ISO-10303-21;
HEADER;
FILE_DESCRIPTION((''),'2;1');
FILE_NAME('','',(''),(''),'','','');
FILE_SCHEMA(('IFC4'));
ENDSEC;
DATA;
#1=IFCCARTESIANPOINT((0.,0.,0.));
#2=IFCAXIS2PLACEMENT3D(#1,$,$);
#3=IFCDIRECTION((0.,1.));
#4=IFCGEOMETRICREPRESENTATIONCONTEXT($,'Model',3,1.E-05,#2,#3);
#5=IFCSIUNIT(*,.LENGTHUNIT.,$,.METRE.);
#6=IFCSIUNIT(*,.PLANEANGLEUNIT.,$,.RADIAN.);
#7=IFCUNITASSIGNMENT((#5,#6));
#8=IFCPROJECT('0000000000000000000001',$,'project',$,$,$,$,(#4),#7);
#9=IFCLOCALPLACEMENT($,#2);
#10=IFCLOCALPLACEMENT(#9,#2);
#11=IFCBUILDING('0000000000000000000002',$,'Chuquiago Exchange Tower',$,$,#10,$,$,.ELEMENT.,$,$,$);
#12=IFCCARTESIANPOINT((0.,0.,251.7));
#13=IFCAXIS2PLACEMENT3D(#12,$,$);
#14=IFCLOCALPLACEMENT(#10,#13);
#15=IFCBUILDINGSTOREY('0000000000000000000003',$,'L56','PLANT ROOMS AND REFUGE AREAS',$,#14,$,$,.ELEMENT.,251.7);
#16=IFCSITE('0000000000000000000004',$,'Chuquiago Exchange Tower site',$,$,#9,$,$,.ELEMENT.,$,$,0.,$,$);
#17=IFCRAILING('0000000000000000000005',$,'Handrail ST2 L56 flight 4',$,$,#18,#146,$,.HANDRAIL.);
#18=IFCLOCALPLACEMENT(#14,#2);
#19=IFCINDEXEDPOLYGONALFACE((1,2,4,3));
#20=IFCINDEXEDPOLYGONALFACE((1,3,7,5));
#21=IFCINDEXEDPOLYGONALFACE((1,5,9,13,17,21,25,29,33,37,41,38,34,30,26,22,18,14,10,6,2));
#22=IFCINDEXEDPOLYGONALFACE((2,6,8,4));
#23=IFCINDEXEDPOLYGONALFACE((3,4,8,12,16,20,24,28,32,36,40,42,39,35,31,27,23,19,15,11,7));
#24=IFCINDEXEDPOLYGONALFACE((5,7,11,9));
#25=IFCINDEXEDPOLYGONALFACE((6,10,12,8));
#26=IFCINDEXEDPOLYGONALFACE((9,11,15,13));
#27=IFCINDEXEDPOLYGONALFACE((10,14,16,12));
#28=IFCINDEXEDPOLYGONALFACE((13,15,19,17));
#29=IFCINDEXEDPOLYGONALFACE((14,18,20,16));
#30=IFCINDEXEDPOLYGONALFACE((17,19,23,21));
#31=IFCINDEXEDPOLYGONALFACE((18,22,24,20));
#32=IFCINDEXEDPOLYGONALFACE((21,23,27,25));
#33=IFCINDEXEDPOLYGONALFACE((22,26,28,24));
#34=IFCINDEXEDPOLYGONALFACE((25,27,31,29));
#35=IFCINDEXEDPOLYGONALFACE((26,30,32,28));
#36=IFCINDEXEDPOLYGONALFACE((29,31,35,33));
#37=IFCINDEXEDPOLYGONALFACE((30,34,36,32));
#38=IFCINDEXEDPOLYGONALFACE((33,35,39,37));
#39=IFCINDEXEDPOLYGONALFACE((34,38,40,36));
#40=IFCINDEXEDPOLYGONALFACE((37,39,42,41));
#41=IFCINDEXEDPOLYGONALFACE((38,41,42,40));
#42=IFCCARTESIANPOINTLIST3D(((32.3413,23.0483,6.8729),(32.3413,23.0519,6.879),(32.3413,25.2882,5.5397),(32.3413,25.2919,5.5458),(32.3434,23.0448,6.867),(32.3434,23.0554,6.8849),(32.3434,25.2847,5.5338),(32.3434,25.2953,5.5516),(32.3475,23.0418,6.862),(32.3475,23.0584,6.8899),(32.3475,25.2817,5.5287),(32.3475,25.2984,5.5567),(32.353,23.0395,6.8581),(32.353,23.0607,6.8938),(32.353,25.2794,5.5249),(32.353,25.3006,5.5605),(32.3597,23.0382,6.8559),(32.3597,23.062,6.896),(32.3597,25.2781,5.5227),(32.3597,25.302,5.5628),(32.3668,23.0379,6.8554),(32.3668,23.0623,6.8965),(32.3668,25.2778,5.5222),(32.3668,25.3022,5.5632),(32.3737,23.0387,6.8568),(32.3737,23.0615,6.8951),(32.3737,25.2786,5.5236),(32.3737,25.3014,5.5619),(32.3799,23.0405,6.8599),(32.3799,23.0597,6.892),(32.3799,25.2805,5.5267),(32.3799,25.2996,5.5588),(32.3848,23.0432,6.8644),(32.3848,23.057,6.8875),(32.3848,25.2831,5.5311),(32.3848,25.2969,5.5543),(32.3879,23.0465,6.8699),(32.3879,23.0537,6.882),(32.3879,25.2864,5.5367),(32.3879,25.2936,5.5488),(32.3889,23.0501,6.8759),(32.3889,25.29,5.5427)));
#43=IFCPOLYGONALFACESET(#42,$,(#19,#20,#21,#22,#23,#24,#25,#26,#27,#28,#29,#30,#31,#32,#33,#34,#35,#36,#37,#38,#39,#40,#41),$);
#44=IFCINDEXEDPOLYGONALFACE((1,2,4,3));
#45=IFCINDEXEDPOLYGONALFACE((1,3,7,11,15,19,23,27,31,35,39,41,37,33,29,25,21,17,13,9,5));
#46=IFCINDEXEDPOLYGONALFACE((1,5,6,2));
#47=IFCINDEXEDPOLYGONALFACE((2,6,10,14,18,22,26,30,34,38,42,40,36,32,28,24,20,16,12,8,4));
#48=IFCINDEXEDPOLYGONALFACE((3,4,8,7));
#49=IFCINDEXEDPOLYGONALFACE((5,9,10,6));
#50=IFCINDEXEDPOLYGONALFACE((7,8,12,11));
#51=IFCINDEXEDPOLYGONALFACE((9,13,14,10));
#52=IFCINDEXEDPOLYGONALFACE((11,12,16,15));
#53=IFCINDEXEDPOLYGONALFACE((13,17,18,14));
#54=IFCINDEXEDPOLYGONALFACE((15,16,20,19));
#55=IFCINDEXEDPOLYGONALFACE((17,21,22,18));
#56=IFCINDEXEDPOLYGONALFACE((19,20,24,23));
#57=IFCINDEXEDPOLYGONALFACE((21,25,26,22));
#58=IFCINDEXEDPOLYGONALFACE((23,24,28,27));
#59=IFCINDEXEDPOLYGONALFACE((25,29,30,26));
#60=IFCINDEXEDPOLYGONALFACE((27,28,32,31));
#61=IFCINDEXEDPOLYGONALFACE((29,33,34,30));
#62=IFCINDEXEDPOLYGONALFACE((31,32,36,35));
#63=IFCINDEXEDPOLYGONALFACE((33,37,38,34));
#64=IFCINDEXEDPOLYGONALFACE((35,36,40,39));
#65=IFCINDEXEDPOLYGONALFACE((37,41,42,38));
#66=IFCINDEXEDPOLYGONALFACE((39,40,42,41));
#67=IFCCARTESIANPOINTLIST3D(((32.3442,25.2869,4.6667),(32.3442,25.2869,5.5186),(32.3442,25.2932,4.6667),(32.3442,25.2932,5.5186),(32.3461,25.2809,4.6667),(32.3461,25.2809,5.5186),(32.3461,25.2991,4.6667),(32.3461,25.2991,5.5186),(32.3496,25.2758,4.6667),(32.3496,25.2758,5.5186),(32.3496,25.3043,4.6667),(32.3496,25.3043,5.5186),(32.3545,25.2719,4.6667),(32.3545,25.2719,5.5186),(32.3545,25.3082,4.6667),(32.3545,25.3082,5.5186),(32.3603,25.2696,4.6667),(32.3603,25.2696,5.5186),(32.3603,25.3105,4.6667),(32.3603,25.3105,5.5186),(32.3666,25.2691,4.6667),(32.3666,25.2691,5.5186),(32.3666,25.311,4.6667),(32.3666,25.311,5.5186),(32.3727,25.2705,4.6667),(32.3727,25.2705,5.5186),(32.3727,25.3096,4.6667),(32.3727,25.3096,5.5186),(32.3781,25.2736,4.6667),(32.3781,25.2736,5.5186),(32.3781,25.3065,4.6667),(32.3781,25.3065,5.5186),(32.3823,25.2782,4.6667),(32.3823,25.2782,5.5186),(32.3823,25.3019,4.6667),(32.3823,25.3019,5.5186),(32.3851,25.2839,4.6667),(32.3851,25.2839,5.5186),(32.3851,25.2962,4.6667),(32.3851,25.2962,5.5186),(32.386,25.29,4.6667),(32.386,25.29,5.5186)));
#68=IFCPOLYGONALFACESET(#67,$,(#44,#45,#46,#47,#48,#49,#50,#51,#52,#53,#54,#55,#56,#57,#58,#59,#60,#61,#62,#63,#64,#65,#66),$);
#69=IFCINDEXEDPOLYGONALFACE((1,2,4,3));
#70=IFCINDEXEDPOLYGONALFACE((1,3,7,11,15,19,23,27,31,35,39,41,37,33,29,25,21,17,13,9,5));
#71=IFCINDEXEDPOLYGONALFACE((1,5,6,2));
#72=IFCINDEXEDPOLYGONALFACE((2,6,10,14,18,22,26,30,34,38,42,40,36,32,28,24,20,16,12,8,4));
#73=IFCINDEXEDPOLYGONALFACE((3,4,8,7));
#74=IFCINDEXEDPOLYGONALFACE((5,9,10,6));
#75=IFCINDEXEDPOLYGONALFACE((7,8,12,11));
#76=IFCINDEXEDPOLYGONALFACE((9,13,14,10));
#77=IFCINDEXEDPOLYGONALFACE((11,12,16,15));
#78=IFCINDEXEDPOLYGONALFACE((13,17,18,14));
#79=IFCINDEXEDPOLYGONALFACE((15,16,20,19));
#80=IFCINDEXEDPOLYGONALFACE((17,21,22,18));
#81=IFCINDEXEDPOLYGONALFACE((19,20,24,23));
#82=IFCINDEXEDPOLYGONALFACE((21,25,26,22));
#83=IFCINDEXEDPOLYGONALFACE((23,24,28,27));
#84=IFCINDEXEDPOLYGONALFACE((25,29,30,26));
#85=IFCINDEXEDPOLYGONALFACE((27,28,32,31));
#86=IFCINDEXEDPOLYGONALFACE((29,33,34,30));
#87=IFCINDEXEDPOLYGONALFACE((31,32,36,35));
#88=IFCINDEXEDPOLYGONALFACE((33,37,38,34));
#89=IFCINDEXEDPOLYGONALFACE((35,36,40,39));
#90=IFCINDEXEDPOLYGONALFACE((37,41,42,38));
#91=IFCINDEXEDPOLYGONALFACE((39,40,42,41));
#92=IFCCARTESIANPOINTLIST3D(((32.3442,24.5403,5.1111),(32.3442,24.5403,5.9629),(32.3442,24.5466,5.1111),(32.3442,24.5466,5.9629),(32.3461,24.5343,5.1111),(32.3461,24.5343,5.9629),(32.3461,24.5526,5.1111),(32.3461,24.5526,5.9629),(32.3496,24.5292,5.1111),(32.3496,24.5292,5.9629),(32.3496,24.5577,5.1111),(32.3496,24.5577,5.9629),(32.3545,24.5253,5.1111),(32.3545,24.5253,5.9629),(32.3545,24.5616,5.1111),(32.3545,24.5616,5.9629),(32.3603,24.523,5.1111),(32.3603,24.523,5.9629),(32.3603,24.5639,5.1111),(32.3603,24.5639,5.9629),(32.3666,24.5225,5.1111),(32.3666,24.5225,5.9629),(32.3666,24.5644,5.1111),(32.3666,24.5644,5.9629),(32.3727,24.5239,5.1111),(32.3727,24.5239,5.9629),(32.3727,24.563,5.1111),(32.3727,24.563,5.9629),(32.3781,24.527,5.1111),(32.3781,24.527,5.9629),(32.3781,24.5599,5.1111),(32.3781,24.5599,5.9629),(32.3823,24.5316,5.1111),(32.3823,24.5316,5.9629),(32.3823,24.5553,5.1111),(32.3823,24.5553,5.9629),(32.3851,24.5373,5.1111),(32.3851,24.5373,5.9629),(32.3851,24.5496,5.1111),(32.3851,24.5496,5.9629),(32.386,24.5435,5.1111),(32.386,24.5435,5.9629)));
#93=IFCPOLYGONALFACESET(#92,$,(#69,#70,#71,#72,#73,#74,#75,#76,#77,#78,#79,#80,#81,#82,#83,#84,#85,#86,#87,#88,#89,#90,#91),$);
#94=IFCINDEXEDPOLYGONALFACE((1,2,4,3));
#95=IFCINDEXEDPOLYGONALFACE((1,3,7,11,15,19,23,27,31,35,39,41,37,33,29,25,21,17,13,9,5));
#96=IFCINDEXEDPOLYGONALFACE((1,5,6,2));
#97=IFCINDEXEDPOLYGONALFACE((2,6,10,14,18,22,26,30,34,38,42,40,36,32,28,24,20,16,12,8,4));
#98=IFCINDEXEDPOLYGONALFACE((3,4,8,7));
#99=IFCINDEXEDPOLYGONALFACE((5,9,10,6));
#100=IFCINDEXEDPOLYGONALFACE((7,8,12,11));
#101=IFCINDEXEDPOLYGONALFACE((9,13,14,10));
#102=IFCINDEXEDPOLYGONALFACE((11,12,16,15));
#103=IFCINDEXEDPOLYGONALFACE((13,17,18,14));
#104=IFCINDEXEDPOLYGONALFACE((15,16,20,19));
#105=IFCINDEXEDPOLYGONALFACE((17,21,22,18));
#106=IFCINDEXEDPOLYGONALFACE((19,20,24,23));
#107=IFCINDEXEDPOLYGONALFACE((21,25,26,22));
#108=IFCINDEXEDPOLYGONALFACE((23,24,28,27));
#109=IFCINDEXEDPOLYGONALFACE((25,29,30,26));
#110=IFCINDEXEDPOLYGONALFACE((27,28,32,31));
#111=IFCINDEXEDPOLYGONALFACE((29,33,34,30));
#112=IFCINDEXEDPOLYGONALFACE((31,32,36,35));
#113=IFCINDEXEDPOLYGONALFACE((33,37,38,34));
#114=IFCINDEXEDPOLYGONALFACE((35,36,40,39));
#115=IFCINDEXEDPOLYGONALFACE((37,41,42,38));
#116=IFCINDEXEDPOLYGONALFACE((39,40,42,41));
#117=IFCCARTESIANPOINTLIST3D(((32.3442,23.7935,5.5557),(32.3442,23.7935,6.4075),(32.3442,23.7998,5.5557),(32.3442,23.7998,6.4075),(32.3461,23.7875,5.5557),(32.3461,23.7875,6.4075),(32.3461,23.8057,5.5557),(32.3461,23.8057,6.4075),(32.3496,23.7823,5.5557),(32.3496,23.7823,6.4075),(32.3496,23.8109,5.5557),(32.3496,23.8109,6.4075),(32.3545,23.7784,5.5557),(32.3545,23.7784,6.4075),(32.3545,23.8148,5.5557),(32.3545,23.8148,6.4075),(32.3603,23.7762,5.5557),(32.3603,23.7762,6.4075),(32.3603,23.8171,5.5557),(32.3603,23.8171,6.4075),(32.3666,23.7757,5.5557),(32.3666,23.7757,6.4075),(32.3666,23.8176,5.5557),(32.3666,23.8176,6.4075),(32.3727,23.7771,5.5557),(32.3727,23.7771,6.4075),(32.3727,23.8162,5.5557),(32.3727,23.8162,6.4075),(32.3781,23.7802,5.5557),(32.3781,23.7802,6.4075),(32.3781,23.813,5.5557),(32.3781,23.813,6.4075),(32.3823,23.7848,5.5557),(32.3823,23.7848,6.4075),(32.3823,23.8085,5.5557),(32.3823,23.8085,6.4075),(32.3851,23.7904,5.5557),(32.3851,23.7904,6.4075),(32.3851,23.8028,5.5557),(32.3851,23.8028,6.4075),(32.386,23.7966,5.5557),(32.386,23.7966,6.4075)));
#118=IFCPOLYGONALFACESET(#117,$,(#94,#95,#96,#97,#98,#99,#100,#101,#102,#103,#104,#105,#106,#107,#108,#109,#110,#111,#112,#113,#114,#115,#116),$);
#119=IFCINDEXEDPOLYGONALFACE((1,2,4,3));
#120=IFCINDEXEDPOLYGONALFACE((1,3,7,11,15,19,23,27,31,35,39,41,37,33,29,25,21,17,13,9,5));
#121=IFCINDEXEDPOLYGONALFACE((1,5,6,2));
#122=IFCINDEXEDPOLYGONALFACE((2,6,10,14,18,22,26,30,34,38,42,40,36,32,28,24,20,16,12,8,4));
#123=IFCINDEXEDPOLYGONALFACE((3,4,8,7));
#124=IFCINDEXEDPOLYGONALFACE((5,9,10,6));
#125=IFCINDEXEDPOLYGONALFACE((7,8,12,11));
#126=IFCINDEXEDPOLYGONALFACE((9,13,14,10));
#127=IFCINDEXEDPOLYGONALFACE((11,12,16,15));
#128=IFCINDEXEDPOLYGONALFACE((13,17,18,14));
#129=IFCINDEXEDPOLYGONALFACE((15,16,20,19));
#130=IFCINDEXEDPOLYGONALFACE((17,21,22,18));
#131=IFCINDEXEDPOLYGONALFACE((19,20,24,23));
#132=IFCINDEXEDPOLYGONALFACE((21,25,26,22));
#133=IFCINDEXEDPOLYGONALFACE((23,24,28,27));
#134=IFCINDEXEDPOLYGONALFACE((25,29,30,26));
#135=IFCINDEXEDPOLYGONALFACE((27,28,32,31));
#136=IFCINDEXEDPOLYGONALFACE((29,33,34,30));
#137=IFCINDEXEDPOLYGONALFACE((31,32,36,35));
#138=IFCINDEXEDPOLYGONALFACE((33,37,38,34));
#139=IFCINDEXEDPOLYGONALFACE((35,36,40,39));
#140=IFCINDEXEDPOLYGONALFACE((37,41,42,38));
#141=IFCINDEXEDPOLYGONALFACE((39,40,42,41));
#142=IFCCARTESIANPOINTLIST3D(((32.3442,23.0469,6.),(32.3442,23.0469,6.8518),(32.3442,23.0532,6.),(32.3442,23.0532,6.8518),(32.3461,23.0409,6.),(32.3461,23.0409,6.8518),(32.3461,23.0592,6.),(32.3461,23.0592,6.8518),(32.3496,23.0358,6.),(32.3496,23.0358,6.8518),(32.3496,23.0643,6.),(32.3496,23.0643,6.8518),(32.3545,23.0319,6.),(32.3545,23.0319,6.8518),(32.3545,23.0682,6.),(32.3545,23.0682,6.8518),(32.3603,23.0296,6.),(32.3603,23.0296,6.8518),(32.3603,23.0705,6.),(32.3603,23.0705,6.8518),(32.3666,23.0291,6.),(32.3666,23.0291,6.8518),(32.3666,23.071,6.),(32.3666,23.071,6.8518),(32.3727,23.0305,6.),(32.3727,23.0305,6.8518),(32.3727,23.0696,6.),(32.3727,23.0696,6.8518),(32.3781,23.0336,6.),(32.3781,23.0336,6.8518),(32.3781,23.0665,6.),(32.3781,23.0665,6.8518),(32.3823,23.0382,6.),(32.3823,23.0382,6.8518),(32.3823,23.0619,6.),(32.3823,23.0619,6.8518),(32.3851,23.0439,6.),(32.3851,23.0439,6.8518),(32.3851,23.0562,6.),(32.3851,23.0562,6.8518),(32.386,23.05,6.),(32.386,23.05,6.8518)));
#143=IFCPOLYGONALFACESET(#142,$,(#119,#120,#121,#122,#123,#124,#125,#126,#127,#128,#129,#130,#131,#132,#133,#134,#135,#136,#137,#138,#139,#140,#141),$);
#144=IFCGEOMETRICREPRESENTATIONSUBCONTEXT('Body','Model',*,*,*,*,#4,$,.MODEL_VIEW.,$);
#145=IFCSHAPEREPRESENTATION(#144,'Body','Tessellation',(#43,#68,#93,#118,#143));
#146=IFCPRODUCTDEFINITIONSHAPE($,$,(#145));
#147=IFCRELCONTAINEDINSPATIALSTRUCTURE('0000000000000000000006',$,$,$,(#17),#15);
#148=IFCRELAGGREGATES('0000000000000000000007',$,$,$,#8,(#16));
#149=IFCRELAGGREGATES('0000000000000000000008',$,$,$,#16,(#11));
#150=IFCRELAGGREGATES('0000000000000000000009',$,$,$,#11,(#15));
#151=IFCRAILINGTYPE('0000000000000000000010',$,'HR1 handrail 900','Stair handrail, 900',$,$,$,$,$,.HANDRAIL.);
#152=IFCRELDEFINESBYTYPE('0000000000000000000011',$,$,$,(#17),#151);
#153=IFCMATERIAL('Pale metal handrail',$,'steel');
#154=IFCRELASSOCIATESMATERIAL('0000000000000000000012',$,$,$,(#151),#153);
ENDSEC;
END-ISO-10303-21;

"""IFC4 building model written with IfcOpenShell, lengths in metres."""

from ifc_helpers import new_model, si_unit, direction, frame, origin, origin_2d, place, context, subcontext, project, spatial, circle, extrude, material, type_object, element, save


model = new_model("IFC4")

# Units and contexts
model_context = context("Model", 3, precision=1e-05, world=origin(), true_north=direction((0.0, 1.0)))
body_context = subcontext(model_context, "Body", "Model", "MODEL_VIEW")
ifc_project = project(units=[si_unit("LENGTHUNIT", "METRE"), si_unit("PLANEANGLEUNIT", "RADIAN")], contexts=[model_context])

# Site, building, storey
site_placement = place(None, origin())
site = spatial("IfcSite", under=ifc_project, at=site_placement, Name="Chuquiago Exchange Tower site", CompositionType="ELEMENT", RefElevation=0.0)
building_placement = place(site_placement, origin())
building = spatial("IfcBuilding", under=site, at=building_placement, Name="Chuquiago Exchange Tower", CompositionType="ELEMENT")
storey_placement = place(building_placement, frame((0.0, 0.0, 251.7)))
storey = spatial("IfcBuildingStorey", under=building, at=storey_placement, Name="L56", Description="PLANT ROOMS AND REFUGE AREAS", CompositionType="ELEMENT", Elevation=251.7)

# Railing
ifc_material_1 = material(Name="Pale metal handrail", Category="steel")
railing_type_1 = type_object("IfcRailingType", Name="HR1 handrail 900", Description="Stair handrail, 900", PredefinedType="HANDRAIL", material=ifc_material_1)
for number, where, name in (
    (1, (32.365, 25.29, 4.6667), "Handrail ST2 L56 flight 4"),
):
    element("IfcRailing", number, at=place(storey_placement, frame(where)), inside=storey, type_object=railing_type_1, Name=name, PredefinedType="HANDRAIL", context=body_context, shape_type="SweptSolid", body=[
        extrude(circle(Radius=0.0239, at=origin_2d()), frame((0.0, 0.0, 0.876), z_axis=(0.0, -0.859306, 0.511462), x_axis=(1.0, 0.0, 0.0)), (0.0, 0.0, 1.0), 2.6067),
        extrude(circle(Radius=0.021, at=origin_2d()), origin(), (0.0, 0.0, 1.0), 0.8518),
        extrude(circle(Radius=0.021, at=origin_2d()), frame((0.0, -0.7466, 0.4443)), (0.0, 0.0, 1.0), 0.8518),
        extrude(circle(Radius=0.021, at=origin_2d()), frame((0.0, -1.4934, 0.8889)), (0.0, 0.0, 1.0), 0.8518),
        extrude(circle(Radius=0.021, at=origin_2d()), frame((0.0, -2.24, 1.3333)), (0.0, 0.0, 1.0), 0.8518),
    ])

save(model, "model.ifc")
